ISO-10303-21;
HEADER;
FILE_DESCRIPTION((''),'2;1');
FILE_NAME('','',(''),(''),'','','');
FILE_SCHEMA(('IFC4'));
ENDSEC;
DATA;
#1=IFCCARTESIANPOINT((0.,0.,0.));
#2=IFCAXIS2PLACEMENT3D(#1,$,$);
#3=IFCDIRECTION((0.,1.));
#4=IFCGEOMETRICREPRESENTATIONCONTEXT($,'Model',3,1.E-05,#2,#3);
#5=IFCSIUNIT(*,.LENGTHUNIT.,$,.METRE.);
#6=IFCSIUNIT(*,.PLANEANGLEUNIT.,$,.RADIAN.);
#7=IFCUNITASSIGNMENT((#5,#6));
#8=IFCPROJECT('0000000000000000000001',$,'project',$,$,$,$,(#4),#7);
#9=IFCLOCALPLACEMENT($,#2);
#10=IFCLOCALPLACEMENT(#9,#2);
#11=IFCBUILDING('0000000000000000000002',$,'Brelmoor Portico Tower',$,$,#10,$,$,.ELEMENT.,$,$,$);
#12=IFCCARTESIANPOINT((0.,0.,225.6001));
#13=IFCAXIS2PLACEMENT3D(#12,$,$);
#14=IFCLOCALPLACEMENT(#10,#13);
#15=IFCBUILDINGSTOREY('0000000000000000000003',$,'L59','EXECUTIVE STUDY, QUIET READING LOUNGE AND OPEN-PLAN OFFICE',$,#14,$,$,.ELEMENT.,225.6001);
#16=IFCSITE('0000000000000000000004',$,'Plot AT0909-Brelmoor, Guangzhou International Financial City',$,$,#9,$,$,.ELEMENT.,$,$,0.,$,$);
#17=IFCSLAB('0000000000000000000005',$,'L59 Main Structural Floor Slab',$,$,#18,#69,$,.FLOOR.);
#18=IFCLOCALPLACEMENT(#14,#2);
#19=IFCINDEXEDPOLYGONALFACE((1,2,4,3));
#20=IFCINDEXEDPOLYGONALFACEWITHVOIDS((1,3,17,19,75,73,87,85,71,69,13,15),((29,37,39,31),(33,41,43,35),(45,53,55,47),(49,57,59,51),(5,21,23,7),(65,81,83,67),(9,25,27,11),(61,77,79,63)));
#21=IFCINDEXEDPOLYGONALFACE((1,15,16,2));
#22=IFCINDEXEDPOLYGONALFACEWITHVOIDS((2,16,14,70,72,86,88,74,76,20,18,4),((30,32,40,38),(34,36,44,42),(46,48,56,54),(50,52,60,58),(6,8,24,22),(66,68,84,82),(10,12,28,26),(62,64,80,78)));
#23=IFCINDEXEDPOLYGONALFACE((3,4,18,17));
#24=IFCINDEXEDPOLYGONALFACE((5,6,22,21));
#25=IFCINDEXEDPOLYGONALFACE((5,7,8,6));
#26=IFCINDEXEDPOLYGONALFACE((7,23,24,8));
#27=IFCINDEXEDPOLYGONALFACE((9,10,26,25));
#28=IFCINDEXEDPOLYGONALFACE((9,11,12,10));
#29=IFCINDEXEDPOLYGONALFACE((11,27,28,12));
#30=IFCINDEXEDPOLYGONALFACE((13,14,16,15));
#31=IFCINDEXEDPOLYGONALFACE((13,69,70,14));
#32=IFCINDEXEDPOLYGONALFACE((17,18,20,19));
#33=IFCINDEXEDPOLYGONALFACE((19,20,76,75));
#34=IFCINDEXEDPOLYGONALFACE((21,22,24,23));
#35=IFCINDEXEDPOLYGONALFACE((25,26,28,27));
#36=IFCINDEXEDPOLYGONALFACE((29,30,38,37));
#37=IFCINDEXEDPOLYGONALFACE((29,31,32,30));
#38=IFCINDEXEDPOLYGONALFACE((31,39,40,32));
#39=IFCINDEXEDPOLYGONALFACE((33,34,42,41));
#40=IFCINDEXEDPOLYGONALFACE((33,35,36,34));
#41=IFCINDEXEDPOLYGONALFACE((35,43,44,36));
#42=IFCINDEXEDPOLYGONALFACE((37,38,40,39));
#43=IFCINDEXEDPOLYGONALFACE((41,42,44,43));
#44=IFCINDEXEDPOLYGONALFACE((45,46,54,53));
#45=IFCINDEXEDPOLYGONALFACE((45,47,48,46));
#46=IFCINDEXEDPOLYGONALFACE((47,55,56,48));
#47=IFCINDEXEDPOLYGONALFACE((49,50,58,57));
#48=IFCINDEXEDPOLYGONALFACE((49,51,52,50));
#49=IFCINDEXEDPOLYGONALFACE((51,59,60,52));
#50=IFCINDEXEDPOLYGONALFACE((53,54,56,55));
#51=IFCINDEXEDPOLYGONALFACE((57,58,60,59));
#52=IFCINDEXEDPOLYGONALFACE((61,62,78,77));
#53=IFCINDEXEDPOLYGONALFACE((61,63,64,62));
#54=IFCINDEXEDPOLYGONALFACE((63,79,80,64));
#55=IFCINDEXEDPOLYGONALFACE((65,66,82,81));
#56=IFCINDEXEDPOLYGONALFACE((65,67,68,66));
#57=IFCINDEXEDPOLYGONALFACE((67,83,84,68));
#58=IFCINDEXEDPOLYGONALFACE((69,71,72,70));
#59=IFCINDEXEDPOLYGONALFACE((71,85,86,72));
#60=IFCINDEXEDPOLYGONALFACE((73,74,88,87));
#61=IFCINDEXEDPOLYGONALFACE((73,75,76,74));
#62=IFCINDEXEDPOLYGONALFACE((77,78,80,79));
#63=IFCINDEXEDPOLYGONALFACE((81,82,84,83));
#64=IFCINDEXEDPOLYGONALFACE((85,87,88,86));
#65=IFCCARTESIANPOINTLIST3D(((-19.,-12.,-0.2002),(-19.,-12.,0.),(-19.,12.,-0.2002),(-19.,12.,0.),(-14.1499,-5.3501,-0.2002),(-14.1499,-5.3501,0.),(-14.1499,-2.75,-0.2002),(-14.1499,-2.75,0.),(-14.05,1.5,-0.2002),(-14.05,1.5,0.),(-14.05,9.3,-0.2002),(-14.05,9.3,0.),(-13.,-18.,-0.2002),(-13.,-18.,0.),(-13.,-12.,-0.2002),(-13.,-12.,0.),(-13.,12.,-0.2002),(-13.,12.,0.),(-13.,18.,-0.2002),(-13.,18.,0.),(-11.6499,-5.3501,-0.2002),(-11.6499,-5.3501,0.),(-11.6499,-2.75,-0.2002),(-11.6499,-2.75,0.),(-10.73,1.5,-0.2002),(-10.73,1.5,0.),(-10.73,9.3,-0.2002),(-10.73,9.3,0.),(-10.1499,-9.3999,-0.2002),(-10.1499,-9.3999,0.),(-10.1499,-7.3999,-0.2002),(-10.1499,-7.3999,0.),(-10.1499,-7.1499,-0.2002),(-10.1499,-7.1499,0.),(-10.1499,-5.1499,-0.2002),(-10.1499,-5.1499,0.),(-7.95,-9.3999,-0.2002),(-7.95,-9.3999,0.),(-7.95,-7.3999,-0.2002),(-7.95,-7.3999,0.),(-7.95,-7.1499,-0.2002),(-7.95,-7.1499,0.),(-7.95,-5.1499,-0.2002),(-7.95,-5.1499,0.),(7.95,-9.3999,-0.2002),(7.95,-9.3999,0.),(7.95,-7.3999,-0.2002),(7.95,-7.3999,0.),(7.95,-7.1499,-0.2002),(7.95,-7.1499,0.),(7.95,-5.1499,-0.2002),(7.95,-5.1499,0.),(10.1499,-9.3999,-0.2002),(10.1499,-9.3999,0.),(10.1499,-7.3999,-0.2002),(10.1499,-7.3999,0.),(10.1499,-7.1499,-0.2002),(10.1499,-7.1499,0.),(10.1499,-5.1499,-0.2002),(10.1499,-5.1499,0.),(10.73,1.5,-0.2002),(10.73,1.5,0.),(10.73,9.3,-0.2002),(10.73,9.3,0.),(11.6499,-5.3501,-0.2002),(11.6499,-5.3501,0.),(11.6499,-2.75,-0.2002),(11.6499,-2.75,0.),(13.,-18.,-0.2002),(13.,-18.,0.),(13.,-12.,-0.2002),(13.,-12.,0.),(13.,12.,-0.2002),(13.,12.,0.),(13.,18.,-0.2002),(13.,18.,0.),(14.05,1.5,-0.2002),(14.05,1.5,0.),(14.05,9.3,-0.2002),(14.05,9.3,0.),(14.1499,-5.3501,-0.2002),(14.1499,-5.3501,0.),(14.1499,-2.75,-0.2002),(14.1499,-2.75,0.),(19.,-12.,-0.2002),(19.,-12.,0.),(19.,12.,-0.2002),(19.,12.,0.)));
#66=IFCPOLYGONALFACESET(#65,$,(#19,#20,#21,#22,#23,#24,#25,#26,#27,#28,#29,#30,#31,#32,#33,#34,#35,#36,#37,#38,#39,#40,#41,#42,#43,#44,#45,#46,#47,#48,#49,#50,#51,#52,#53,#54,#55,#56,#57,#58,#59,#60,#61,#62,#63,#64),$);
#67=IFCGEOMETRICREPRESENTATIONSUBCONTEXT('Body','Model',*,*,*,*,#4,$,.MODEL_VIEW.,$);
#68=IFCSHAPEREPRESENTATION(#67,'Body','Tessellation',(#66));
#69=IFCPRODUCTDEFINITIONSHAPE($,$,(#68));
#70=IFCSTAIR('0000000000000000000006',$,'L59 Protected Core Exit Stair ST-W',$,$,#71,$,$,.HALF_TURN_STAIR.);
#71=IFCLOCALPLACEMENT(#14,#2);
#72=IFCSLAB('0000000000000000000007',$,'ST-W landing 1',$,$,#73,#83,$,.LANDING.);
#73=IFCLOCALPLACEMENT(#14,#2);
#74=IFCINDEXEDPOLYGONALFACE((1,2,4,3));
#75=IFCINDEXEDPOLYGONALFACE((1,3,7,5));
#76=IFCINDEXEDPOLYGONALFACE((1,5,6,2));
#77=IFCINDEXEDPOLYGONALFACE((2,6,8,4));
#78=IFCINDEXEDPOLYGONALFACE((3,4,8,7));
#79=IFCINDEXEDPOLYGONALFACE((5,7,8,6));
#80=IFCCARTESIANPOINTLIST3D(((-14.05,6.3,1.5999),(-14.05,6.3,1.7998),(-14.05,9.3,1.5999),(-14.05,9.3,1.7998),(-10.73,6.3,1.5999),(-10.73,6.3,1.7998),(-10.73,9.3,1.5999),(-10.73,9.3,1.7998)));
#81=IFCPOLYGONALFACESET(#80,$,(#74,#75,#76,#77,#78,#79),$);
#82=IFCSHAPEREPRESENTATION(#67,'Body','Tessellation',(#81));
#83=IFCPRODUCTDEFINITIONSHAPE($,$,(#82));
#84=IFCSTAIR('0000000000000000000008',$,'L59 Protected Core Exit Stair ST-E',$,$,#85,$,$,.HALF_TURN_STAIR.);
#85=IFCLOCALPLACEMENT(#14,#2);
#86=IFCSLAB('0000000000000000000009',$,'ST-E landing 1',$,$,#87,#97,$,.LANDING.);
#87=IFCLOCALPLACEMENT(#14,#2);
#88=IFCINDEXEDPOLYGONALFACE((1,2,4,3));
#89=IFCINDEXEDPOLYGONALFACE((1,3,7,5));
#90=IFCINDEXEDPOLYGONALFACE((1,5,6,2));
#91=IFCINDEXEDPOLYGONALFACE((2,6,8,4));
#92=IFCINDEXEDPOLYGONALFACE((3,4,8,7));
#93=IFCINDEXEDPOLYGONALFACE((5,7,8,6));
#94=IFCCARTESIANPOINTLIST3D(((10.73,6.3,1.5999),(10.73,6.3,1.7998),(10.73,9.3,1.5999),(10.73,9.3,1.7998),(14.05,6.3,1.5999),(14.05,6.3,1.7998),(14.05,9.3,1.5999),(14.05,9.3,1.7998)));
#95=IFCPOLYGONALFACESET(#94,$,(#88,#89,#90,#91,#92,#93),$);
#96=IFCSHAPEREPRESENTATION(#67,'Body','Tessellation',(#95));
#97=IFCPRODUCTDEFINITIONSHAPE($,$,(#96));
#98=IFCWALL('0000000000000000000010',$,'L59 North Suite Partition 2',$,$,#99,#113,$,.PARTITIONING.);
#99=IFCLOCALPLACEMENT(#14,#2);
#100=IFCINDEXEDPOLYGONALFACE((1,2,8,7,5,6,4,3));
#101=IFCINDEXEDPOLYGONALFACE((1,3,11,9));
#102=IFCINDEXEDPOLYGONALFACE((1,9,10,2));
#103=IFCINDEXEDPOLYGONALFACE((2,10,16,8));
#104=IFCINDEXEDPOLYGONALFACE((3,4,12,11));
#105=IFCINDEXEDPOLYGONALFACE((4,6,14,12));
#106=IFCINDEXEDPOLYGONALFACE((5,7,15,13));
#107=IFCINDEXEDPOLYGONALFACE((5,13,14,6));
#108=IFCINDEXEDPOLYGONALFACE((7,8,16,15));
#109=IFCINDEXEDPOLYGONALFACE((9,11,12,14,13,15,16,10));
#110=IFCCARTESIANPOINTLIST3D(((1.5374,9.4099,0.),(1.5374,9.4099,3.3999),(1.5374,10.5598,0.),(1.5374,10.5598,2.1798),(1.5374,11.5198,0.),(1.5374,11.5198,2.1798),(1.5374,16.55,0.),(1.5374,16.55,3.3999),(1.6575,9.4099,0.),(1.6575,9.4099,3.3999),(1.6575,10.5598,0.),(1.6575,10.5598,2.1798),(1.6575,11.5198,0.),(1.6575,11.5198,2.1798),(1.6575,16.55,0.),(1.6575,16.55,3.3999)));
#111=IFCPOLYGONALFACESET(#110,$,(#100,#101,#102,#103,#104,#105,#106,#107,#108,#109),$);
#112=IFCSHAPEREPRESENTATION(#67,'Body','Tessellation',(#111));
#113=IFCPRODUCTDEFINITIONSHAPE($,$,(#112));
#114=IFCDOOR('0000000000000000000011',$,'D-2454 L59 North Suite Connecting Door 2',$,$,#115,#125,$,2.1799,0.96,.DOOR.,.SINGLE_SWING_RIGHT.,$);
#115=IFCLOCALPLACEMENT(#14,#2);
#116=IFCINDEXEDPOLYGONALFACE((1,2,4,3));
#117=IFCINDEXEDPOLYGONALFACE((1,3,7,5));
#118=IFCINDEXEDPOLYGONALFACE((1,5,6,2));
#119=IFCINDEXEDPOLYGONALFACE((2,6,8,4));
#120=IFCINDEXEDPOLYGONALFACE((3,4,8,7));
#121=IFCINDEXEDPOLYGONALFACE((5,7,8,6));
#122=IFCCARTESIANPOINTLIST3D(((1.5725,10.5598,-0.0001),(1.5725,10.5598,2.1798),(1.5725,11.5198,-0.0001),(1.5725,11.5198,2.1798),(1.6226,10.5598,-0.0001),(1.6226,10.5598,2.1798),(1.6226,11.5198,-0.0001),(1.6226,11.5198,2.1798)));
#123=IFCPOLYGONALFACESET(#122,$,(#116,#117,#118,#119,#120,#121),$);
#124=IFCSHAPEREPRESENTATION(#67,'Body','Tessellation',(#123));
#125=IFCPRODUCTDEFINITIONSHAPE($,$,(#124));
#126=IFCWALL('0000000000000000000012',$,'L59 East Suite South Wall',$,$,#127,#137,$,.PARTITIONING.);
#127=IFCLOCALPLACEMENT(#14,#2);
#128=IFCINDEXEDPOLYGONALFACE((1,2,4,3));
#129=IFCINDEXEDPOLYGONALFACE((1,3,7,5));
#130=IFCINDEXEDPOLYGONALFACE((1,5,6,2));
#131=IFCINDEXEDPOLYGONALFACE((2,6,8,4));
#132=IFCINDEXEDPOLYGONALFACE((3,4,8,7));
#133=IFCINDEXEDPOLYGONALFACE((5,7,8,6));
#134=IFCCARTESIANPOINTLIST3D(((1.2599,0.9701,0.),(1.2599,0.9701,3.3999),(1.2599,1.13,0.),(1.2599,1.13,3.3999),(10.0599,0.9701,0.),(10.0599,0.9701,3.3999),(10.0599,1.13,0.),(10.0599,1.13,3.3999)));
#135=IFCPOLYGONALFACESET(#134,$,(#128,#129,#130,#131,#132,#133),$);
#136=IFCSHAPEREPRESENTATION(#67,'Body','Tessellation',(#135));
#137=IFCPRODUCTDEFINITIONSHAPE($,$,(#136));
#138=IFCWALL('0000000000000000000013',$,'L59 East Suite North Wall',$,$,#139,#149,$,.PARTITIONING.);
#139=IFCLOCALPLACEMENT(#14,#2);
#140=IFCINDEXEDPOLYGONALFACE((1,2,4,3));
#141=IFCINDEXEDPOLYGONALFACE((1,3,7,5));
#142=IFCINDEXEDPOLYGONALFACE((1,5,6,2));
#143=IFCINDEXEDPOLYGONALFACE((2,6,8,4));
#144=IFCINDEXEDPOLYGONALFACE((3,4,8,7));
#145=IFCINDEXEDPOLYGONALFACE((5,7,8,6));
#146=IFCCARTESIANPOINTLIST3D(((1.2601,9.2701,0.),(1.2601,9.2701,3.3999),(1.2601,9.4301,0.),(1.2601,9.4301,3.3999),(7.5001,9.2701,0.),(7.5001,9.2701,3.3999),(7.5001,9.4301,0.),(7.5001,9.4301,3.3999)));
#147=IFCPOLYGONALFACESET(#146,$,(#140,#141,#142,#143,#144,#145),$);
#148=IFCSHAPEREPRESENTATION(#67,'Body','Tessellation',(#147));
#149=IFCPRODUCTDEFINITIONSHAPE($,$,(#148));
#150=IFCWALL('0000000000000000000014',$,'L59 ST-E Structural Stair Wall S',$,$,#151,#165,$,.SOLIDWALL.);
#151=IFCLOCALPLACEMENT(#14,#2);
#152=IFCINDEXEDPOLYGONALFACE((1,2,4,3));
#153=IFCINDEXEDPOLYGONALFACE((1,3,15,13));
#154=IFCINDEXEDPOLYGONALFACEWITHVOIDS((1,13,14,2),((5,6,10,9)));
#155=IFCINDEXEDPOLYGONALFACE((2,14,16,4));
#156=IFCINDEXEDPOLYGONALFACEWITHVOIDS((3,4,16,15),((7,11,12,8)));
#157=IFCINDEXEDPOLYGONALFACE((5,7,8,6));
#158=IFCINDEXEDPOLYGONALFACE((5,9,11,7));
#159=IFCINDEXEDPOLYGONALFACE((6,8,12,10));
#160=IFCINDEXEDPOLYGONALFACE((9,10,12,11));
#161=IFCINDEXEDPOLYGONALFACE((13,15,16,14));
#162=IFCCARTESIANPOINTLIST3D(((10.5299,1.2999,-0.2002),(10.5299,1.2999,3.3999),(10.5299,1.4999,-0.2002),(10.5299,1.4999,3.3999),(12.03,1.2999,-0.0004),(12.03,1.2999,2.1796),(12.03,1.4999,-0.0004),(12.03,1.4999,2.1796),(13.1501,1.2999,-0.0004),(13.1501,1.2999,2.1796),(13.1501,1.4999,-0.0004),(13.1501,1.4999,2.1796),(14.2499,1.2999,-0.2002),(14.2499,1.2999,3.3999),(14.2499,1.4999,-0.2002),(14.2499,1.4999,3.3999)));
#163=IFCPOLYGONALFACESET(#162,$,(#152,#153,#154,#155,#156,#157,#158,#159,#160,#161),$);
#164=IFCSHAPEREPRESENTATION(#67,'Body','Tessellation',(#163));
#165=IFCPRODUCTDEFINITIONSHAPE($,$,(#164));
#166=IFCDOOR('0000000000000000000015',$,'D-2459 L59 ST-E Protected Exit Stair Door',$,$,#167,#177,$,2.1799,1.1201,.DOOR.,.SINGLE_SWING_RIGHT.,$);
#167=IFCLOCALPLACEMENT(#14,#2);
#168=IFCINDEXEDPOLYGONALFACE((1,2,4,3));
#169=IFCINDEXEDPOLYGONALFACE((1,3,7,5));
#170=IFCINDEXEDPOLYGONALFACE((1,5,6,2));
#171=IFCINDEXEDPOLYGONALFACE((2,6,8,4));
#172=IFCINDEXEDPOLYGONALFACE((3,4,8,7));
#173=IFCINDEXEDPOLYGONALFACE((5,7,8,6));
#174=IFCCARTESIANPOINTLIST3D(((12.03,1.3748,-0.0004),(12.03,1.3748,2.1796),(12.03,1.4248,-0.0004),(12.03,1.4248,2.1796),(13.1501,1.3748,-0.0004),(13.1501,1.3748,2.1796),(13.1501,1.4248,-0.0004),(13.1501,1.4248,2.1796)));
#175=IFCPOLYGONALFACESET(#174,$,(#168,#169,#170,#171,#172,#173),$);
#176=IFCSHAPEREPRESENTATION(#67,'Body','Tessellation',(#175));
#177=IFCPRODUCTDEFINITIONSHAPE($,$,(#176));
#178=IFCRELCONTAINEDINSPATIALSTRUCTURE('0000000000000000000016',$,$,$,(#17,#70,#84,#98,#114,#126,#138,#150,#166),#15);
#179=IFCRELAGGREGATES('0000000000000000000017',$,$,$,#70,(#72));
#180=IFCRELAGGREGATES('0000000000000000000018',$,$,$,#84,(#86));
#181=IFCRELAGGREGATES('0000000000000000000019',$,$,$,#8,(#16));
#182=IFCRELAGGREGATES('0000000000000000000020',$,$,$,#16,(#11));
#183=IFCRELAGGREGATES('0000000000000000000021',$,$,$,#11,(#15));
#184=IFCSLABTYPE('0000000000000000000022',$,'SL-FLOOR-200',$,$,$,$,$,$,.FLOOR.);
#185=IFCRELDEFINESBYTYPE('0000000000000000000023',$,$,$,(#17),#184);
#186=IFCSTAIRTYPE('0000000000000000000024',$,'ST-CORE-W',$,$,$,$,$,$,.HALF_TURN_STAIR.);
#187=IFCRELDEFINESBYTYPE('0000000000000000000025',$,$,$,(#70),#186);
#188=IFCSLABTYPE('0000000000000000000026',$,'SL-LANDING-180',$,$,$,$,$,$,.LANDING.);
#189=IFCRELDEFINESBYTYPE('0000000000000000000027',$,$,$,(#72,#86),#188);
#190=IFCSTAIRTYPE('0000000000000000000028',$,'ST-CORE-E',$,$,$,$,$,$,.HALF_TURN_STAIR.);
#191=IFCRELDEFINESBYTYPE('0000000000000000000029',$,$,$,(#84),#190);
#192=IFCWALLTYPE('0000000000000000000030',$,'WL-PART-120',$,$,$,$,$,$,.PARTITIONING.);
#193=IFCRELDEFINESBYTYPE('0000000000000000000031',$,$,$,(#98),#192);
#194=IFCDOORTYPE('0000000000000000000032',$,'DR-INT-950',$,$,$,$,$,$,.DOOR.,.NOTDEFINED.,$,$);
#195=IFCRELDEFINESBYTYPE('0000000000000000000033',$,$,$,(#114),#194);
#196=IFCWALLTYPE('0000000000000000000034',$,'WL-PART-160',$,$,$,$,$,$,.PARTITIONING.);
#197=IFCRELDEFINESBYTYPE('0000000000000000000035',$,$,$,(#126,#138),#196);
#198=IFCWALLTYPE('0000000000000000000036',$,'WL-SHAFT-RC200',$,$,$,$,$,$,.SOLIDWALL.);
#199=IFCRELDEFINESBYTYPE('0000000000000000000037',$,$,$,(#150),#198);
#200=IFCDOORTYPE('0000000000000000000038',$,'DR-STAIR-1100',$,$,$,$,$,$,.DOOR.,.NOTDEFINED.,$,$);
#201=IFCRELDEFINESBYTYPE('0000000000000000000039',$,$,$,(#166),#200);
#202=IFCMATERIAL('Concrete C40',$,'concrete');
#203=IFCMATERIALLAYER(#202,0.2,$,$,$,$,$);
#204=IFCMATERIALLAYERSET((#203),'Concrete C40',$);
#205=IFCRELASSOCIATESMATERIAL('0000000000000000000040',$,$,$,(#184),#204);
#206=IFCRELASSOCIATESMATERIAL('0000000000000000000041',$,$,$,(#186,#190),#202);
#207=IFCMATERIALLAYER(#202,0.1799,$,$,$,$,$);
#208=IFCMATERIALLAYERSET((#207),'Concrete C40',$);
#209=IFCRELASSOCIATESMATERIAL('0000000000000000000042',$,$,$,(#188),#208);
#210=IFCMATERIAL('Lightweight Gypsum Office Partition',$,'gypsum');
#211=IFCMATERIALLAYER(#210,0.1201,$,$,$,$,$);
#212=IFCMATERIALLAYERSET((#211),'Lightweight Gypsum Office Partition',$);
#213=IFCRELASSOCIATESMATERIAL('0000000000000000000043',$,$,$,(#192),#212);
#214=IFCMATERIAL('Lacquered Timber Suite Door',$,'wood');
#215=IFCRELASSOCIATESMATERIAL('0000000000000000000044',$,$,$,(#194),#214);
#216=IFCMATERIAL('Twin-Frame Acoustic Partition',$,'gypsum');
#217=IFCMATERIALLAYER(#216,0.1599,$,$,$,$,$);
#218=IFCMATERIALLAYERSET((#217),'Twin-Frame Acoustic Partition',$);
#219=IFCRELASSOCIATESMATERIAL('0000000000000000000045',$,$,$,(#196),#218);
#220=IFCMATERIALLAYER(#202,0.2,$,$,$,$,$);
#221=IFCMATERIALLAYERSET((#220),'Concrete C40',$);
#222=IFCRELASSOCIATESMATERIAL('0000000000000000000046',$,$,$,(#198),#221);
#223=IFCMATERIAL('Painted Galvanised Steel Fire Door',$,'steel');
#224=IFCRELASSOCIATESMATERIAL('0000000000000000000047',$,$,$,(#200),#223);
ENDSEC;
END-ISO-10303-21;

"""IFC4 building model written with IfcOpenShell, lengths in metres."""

from ifc_helpers import new_model, si_unit, direction, frame, frame_2d, origin, place, context, subcontext, project, spatial, polyline, rectangle, outline, extrude, material, layer, layer_set, type_object, element, fill, aggregate, save


model = new_model("IFC4")

# Units and contexts
model_context = context("Model", 3, precision=1e-05, world=origin(), true_north=direction((0.0, 1.0)))
body_context = subcontext(model_context, "Body", "Model", "MODEL_VIEW")
ifc_project = project(units=[si_unit("LENGTHUNIT", "METRE"), si_unit("PLANEANGLEUNIT", "RADIAN")], contexts=[model_context])

# Site, building, storey
site_placement = place(None, origin())
site = spatial("IfcSite", under=ifc_project, at=site_placement, Name="Plot AT0909-Brelmoor, Guangzhou International Financial City", CompositionType="ELEMENT", RefElevation=0.0)
building_placement = place(site_placement, origin())
building = spatial("IfcBuilding", under=site, at=building_placement, Name="Brelmoor Portico Tower", CompositionType="ELEMENT")
storey_placement = place(building_placement, frame((0.0, 0.0, 225.6001)))
storey = spatial("IfcBuildingStorey", under=building, at=storey_placement, Name="L59", Description="EXECUTIVE STUDY, QUIET READING LOUNGE AND OPEN-PLAN OFFICE", CompositionType="ELEMENT", Elevation=225.6001)

# Slab
ifc_material_1 = material(Name="Concrete C40", Category="concrete")
ifc_layer_1 = layer(ifc_material_1, 0.2)
ifc_layer_set_1 = layer_set([ifc_layer_1], Name="Concrete C40")
slab_type_1 = type_object("IfcSlabType", Name="SL-FLOOR-200", PredefinedType="FLOOR", material=ifc_layer_set_1)
slab_1_placement = place(storey_placement, frame((0.0, 0.0, -0.2002)))
element("IfcSlab", 1, at=slab_1_placement, inside=storey, type_object=slab_type_1, Name="L59 Main Structural Floor Slab", PredefinedType="FLOOR", context=body_context, shape_type="SweptSolid", body=[
    extrude(outline(polyline([(-13.0, -18.0), (13.0, -18.0), (13.0, -12.0), (19.0, -12.0), (19.0, 12.0), (13.0, 12.0), (13.0, 18.0), (-13.0, 18.0), (-13.0, 12.0), (-19.0, 12.0), (-19.0, -12.0), (-13.0, -12.0), (-13.0, -18.0)]), holes=[polyline([(-10.73, 1.5), (-10.73, 9.3), (-14.05, 9.3), (-14.05, 1.5), (-10.73, 1.5)]), polyline([(14.05, 1.5), (14.05, 9.3), (10.73, 9.3), (10.73, 1.5), (14.05, 1.5)]), polyline([(-10.1499, -9.3999), (-7.95, -9.3999), (-7.95, -7.3999), (-10.1499, -7.3999), (-10.1499, -9.3999)]), polyline([(-10.1499, -7.1499), (-7.95, -7.1499), (-7.95, -5.1499), (-10.1499, -5.1499), (-10.1499, -7.1499)]), polyline([(7.95, -9.3999), (10.1499, -9.3999), (10.1499, -7.3999), (7.95, -7.3999), (7.95, -9.3999)]), polyline([(7.95, -7.1499), (10.1499, -7.1499), (10.1499, -5.1499), (7.95, -5.1499), (7.95, -7.1499)]), polyline([(-14.1499, -5.3501), (-11.6499, -5.3501), (-11.6499, -2.75), (-14.1499, -2.75), (-14.1499, -5.3501)]), polyline([(11.6499, -5.3501), (14.1499, -5.3501), (14.1499, -2.75), (11.6499, -2.75), (11.6499, -5.3501)])]), origin(), (0.0, 0.0, 1.0), 0.2002),
])

# Stairs, slabs
stair_type_1 = type_object("IfcStairType", Name="ST-CORE-W", PredefinedType="HALF_TURN_STAIR", material=ifc_material_1)
stair_1_placement = place(storey_placement, origin())
stair_1 = element("IfcStair", 2, at=stair_1_placement, inside=storey, type_object=stair_type_1, Name="L59 Protected Core Exit Stair ST-W", PredefinedType="HALF_TURN_STAIR")
ifc_layer_2 = layer(ifc_material_1, 0.1799)
ifc_layer_set_2 = layer_set([ifc_layer_2], Name="Concrete C40")
slab_type_2 = type_object("IfcSlabType", Name="SL-LANDING-180", PredefinedType="LANDING", material=ifc_layer_set_2)
slab_2_placement = place(storey_placement, frame((0.0, 0.0, 1.5999)))
slab_2 = element("IfcSlab", 3, at=slab_2_placement, type_object=slab_type_2, Name="ST-W landing 1", PredefinedType="LANDING", context=body_context, shape_type="SweptSolid", body=[
    extrude(outline(polyline([(-10.73, 6.3), (-10.73, 9.3), (-14.05, 9.3), (-14.05, 6.3), (-10.73, 6.3)])), origin(), (0.0, 0.0, 1.0), 0.2),
])
aggregate(stair_1, [slab_2])
stair_type_2 = type_object("IfcStairType", Name="ST-CORE-E", PredefinedType="HALF_TURN_STAIR", material=ifc_material_1)
stair_2_placement = place(storey_placement, origin())
stair_2 = element("IfcStair", 4, at=stair_2_placement, inside=storey, type_object=stair_type_2, Name="L59 Protected Core Exit Stair ST-E", PredefinedType="HALF_TURN_STAIR")
slab_3_placement = place(storey_placement, frame((0.0, 0.0, 1.5999)))
slab_3 = element("IfcSlab", 5, at=slab_3_placement, type_object=slab_type_2, Name="ST-E landing 1", PredefinedType="LANDING", context=body_context, shape_type="SweptSolid", body=[
    extrude(outline(polyline([(14.05, 6.3), (14.05, 9.3), (10.73, 9.3), (10.73, 6.3), (14.05, 6.3)])), origin(), (0.0, 0.0, 1.0), 0.2),
])

# Wall, opening, door
ifc_material_2 = material(Name="Lightweight Gypsum Office Partition", Category="gypsum")
ifc_layer_3 = layer(ifc_material_2, 0.1201)
ifc_layer_set_3 = layer_set([ifc_layer_3], Name="Lightweight Gypsum Office Partition")
wall_type_1 = type_object("IfcWallType", Name="WL-PART-120", PredefinedType="PARTITIONING", material=ifc_layer_set_3)
wall_1_placement = place(storey_placement, frame((1.5974, 9.4099, 0.0), z_axis=(0.0, 0.0, 1.0), x_axis=(0.0, 1.0, 0.0)))
wall_1 = element("IfcWall", 6, at=wall_1_placement, inside=storey, type_object=wall_type_1, Name="L59 North Suite Partition 2", PredefinedType="PARTITIONING", context=body_context, shape_type="SweptSolid", body=[
    extrude(rectangle(XDim=7.1401, YDim=0.1201, at=frame_2d((3.5701, 0.0))), origin(), (0.0, 0.0, 1.0), 3.3999),
])
opening_1_placement = place(wall_1_placement, frame((1.1499, 0.0, 0.0)))
opening_1 = element("IfcOpeningElement", 7, at=opening_1_placement, cuts=wall_1, PredefinedType="OPENING", context=body_context, shape_type="SweptSolid", body=[
    extrude(rectangle(XDim=0.96, YDim=2.1799, at=frame_2d((0.48, 1.0898))), frame((0.0, 0.0701, 0.0), z_axis=(0.0, -1.0, 0.0), x_axis=(1.0, 0.0, 0.0)), (0.0, 0.0, 1.0), 0.1401),
])
ifc_material_3 = material(Name="Lacquered Timber Suite Door", Category="wood")
door_type_1 = type_object("IfcDoorType", Name="DR-INT-950", OperationType="NOTDEFINED", PredefinedType="DOOR", material=ifc_material_3)
door_1_placement = place(opening_1_placement, origin())
door_1 = element("IfcDoor", 8, at=door_1_placement, inside=storey, type_object=door_type_1, Name="D-2454 L59 North Suite Connecting Door 2", OperationType="SINGLE_SWING_RIGHT", OverallHeight=2.1799, OverallWidth=0.96, PredefinedType="DOOR", context=body_context, shape_type="SweptSolid", body=[
    extrude(rectangle(XDim=0.96, YDim=2.1799, at=frame_2d((0.48, 1.0898))), frame((0.0, 0.0249, 0.0), z_axis=(0.0, -1.0, 0.0), x_axis=(1.0, 0.0, 0.0)), (0.0, 0.0, 1.0), 0.05),
])
fill(opening_1, door_1)

# Walls
ifc_material_4 = material(Name="Twin-Frame Acoustic Partition", Category="gypsum")
ifc_layer_4 = layer(ifc_material_4, 0.1599)
ifc_layer_set_4 = layer_set([ifc_layer_4], Name="Twin-Frame Acoustic Partition")
wall_type_2 = type_object("IfcWallType", Name="WL-PART-160", PredefinedType="PARTITIONING", material=ifc_layer_set_4)
wall_2_placement = place(storey_placement, frame((1.26, 1.05, 0.0), z_axis=(0.0, 0.0, 1.0), x_axis=(1.0, 0.0, 0.0)))
element("IfcWall", 9, at=wall_2_placement, inside=storey, type_object=wall_type_2, Name="L59 East Suite South Wall", PredefinedType="PARTITIONING", context=body_context, shape_type="SweptSolid", body=[
    extrude(rectangle(XDim=8.8, YDim=0.1599, at=frame_2d((4.3999, 0.0))), origin(), (0.0, 0.0, 1.0), 3.3999),
])
wall_3_placement = place(storey_placement, frame((1.26, 9.3501, 0.0), z_axis=(0.0, 0.0, 1.0), x_axis=(1.0, 0.0, 0.0)))
element("IfcWall", 10, at=wall_3_placement, inside=storey, type_object=wall_type_2, Name="L59 East Suite North Wall", PredefinedType="PARTITIONING", context=body_context, shape_type="SweptSolid", body=[
    extrude(rectangle(XDim=6.24, YDim=0.1599, at=frame_2d((3.1201, 0.0))), origin(), (0.0, 0.0, 1.0), 3.3999),
])

# Wall, opening, door
ifc_layer_5 = layer(ifc_material_1, 0.2)
ifc_layer_set_5 = layer_set([ifc_layer_5], Name="Concrete C40")
wall_type_3 = type_object("IfcWallType", Name="WL-SHAFT-RC200", PredefinedType="SOLIDWALL", material=ifc_layer_set_5)
wall_4_placement = place(storey_placement, frame((10.53, 1.3999, -0.2002), z_axis=(0.0, 0.0, 1.0), x_axis=(1.0, 0.0, 0.0)))
wall_4 = element("IfcWall", 11, at=wall_4_placement, inside=storey, type_object=wall_type_3, Name="L59 ST-E Structural Stair Wall S", PredefinedType="SOLIDWALL", context=body_context, shape_type="SweptSolid", body=[
    extrude(rectangle(XDim=3.72, YDim=0.2, at=frame_2d((1.8599, 0.0))), origin(), (0.0, 0.0, 1.0), 3.6001),
])
opening_2_placement = place(wall_4_placement, frame((1.5, 0.0, 0.2)))
opening_2 = element("IfcOpeningElement", 12, at=opening_2_placement, cuts=wall_4, PredefinedType="OPENING", context=body_context, shape_type="SweptSolid", body=[
    extrude(rectangle(XDim=1.1201, YDim=2.1799, at=frame_2d((0.5601, 1.0898))), frame((0.0, 0.1099, 0.0), z_axis=(0.0, -1.0, 0.0), x_axis=(1.0, 0.0, 0.0)), (0.0, 0.0, 1.0), 0.22),
])
ifc_material_5 = material(Name="Painted Galvanised Steel Fire Door", Category="steel")
door_type_2 = type_object("IfcDoorType", Name="DR-STAIR-1100", OperationType="NOTDEFINED", PredefinedType="DOOR", material=ifc_material_5)
door_2_placement = place(opening_2_placement, origin())
door_2 = element("IfcDoor", 13, at=door_2_placement, inside=storey, type_object=door_type_2, Name="D-2459 L59 ST-E Protected Exit Stair Door", OperationType="SINGLE_SWING_RIGHT", OverallHeight=2.1799, OverallWidth=1.1201, PredefinedType="DOOR", context=body_context, shape_type="SweptSolid", body=[
    extrude(rectangle(XDim=1.1201, YDim=2.1799, at=frame_2d((0.5601, 1.0898))), frame((0.0, 0.0249, 0.0), z_axis=(0.0, -1.0, 0.0), x_axis=(1.0, 0.0, 0.0)), (0.0, 0.0, 1.0), 0.05),
])
fill(opening_2, door_2)

aggregate(stair_2, [slab_3])

save(model, "model.ifc")
